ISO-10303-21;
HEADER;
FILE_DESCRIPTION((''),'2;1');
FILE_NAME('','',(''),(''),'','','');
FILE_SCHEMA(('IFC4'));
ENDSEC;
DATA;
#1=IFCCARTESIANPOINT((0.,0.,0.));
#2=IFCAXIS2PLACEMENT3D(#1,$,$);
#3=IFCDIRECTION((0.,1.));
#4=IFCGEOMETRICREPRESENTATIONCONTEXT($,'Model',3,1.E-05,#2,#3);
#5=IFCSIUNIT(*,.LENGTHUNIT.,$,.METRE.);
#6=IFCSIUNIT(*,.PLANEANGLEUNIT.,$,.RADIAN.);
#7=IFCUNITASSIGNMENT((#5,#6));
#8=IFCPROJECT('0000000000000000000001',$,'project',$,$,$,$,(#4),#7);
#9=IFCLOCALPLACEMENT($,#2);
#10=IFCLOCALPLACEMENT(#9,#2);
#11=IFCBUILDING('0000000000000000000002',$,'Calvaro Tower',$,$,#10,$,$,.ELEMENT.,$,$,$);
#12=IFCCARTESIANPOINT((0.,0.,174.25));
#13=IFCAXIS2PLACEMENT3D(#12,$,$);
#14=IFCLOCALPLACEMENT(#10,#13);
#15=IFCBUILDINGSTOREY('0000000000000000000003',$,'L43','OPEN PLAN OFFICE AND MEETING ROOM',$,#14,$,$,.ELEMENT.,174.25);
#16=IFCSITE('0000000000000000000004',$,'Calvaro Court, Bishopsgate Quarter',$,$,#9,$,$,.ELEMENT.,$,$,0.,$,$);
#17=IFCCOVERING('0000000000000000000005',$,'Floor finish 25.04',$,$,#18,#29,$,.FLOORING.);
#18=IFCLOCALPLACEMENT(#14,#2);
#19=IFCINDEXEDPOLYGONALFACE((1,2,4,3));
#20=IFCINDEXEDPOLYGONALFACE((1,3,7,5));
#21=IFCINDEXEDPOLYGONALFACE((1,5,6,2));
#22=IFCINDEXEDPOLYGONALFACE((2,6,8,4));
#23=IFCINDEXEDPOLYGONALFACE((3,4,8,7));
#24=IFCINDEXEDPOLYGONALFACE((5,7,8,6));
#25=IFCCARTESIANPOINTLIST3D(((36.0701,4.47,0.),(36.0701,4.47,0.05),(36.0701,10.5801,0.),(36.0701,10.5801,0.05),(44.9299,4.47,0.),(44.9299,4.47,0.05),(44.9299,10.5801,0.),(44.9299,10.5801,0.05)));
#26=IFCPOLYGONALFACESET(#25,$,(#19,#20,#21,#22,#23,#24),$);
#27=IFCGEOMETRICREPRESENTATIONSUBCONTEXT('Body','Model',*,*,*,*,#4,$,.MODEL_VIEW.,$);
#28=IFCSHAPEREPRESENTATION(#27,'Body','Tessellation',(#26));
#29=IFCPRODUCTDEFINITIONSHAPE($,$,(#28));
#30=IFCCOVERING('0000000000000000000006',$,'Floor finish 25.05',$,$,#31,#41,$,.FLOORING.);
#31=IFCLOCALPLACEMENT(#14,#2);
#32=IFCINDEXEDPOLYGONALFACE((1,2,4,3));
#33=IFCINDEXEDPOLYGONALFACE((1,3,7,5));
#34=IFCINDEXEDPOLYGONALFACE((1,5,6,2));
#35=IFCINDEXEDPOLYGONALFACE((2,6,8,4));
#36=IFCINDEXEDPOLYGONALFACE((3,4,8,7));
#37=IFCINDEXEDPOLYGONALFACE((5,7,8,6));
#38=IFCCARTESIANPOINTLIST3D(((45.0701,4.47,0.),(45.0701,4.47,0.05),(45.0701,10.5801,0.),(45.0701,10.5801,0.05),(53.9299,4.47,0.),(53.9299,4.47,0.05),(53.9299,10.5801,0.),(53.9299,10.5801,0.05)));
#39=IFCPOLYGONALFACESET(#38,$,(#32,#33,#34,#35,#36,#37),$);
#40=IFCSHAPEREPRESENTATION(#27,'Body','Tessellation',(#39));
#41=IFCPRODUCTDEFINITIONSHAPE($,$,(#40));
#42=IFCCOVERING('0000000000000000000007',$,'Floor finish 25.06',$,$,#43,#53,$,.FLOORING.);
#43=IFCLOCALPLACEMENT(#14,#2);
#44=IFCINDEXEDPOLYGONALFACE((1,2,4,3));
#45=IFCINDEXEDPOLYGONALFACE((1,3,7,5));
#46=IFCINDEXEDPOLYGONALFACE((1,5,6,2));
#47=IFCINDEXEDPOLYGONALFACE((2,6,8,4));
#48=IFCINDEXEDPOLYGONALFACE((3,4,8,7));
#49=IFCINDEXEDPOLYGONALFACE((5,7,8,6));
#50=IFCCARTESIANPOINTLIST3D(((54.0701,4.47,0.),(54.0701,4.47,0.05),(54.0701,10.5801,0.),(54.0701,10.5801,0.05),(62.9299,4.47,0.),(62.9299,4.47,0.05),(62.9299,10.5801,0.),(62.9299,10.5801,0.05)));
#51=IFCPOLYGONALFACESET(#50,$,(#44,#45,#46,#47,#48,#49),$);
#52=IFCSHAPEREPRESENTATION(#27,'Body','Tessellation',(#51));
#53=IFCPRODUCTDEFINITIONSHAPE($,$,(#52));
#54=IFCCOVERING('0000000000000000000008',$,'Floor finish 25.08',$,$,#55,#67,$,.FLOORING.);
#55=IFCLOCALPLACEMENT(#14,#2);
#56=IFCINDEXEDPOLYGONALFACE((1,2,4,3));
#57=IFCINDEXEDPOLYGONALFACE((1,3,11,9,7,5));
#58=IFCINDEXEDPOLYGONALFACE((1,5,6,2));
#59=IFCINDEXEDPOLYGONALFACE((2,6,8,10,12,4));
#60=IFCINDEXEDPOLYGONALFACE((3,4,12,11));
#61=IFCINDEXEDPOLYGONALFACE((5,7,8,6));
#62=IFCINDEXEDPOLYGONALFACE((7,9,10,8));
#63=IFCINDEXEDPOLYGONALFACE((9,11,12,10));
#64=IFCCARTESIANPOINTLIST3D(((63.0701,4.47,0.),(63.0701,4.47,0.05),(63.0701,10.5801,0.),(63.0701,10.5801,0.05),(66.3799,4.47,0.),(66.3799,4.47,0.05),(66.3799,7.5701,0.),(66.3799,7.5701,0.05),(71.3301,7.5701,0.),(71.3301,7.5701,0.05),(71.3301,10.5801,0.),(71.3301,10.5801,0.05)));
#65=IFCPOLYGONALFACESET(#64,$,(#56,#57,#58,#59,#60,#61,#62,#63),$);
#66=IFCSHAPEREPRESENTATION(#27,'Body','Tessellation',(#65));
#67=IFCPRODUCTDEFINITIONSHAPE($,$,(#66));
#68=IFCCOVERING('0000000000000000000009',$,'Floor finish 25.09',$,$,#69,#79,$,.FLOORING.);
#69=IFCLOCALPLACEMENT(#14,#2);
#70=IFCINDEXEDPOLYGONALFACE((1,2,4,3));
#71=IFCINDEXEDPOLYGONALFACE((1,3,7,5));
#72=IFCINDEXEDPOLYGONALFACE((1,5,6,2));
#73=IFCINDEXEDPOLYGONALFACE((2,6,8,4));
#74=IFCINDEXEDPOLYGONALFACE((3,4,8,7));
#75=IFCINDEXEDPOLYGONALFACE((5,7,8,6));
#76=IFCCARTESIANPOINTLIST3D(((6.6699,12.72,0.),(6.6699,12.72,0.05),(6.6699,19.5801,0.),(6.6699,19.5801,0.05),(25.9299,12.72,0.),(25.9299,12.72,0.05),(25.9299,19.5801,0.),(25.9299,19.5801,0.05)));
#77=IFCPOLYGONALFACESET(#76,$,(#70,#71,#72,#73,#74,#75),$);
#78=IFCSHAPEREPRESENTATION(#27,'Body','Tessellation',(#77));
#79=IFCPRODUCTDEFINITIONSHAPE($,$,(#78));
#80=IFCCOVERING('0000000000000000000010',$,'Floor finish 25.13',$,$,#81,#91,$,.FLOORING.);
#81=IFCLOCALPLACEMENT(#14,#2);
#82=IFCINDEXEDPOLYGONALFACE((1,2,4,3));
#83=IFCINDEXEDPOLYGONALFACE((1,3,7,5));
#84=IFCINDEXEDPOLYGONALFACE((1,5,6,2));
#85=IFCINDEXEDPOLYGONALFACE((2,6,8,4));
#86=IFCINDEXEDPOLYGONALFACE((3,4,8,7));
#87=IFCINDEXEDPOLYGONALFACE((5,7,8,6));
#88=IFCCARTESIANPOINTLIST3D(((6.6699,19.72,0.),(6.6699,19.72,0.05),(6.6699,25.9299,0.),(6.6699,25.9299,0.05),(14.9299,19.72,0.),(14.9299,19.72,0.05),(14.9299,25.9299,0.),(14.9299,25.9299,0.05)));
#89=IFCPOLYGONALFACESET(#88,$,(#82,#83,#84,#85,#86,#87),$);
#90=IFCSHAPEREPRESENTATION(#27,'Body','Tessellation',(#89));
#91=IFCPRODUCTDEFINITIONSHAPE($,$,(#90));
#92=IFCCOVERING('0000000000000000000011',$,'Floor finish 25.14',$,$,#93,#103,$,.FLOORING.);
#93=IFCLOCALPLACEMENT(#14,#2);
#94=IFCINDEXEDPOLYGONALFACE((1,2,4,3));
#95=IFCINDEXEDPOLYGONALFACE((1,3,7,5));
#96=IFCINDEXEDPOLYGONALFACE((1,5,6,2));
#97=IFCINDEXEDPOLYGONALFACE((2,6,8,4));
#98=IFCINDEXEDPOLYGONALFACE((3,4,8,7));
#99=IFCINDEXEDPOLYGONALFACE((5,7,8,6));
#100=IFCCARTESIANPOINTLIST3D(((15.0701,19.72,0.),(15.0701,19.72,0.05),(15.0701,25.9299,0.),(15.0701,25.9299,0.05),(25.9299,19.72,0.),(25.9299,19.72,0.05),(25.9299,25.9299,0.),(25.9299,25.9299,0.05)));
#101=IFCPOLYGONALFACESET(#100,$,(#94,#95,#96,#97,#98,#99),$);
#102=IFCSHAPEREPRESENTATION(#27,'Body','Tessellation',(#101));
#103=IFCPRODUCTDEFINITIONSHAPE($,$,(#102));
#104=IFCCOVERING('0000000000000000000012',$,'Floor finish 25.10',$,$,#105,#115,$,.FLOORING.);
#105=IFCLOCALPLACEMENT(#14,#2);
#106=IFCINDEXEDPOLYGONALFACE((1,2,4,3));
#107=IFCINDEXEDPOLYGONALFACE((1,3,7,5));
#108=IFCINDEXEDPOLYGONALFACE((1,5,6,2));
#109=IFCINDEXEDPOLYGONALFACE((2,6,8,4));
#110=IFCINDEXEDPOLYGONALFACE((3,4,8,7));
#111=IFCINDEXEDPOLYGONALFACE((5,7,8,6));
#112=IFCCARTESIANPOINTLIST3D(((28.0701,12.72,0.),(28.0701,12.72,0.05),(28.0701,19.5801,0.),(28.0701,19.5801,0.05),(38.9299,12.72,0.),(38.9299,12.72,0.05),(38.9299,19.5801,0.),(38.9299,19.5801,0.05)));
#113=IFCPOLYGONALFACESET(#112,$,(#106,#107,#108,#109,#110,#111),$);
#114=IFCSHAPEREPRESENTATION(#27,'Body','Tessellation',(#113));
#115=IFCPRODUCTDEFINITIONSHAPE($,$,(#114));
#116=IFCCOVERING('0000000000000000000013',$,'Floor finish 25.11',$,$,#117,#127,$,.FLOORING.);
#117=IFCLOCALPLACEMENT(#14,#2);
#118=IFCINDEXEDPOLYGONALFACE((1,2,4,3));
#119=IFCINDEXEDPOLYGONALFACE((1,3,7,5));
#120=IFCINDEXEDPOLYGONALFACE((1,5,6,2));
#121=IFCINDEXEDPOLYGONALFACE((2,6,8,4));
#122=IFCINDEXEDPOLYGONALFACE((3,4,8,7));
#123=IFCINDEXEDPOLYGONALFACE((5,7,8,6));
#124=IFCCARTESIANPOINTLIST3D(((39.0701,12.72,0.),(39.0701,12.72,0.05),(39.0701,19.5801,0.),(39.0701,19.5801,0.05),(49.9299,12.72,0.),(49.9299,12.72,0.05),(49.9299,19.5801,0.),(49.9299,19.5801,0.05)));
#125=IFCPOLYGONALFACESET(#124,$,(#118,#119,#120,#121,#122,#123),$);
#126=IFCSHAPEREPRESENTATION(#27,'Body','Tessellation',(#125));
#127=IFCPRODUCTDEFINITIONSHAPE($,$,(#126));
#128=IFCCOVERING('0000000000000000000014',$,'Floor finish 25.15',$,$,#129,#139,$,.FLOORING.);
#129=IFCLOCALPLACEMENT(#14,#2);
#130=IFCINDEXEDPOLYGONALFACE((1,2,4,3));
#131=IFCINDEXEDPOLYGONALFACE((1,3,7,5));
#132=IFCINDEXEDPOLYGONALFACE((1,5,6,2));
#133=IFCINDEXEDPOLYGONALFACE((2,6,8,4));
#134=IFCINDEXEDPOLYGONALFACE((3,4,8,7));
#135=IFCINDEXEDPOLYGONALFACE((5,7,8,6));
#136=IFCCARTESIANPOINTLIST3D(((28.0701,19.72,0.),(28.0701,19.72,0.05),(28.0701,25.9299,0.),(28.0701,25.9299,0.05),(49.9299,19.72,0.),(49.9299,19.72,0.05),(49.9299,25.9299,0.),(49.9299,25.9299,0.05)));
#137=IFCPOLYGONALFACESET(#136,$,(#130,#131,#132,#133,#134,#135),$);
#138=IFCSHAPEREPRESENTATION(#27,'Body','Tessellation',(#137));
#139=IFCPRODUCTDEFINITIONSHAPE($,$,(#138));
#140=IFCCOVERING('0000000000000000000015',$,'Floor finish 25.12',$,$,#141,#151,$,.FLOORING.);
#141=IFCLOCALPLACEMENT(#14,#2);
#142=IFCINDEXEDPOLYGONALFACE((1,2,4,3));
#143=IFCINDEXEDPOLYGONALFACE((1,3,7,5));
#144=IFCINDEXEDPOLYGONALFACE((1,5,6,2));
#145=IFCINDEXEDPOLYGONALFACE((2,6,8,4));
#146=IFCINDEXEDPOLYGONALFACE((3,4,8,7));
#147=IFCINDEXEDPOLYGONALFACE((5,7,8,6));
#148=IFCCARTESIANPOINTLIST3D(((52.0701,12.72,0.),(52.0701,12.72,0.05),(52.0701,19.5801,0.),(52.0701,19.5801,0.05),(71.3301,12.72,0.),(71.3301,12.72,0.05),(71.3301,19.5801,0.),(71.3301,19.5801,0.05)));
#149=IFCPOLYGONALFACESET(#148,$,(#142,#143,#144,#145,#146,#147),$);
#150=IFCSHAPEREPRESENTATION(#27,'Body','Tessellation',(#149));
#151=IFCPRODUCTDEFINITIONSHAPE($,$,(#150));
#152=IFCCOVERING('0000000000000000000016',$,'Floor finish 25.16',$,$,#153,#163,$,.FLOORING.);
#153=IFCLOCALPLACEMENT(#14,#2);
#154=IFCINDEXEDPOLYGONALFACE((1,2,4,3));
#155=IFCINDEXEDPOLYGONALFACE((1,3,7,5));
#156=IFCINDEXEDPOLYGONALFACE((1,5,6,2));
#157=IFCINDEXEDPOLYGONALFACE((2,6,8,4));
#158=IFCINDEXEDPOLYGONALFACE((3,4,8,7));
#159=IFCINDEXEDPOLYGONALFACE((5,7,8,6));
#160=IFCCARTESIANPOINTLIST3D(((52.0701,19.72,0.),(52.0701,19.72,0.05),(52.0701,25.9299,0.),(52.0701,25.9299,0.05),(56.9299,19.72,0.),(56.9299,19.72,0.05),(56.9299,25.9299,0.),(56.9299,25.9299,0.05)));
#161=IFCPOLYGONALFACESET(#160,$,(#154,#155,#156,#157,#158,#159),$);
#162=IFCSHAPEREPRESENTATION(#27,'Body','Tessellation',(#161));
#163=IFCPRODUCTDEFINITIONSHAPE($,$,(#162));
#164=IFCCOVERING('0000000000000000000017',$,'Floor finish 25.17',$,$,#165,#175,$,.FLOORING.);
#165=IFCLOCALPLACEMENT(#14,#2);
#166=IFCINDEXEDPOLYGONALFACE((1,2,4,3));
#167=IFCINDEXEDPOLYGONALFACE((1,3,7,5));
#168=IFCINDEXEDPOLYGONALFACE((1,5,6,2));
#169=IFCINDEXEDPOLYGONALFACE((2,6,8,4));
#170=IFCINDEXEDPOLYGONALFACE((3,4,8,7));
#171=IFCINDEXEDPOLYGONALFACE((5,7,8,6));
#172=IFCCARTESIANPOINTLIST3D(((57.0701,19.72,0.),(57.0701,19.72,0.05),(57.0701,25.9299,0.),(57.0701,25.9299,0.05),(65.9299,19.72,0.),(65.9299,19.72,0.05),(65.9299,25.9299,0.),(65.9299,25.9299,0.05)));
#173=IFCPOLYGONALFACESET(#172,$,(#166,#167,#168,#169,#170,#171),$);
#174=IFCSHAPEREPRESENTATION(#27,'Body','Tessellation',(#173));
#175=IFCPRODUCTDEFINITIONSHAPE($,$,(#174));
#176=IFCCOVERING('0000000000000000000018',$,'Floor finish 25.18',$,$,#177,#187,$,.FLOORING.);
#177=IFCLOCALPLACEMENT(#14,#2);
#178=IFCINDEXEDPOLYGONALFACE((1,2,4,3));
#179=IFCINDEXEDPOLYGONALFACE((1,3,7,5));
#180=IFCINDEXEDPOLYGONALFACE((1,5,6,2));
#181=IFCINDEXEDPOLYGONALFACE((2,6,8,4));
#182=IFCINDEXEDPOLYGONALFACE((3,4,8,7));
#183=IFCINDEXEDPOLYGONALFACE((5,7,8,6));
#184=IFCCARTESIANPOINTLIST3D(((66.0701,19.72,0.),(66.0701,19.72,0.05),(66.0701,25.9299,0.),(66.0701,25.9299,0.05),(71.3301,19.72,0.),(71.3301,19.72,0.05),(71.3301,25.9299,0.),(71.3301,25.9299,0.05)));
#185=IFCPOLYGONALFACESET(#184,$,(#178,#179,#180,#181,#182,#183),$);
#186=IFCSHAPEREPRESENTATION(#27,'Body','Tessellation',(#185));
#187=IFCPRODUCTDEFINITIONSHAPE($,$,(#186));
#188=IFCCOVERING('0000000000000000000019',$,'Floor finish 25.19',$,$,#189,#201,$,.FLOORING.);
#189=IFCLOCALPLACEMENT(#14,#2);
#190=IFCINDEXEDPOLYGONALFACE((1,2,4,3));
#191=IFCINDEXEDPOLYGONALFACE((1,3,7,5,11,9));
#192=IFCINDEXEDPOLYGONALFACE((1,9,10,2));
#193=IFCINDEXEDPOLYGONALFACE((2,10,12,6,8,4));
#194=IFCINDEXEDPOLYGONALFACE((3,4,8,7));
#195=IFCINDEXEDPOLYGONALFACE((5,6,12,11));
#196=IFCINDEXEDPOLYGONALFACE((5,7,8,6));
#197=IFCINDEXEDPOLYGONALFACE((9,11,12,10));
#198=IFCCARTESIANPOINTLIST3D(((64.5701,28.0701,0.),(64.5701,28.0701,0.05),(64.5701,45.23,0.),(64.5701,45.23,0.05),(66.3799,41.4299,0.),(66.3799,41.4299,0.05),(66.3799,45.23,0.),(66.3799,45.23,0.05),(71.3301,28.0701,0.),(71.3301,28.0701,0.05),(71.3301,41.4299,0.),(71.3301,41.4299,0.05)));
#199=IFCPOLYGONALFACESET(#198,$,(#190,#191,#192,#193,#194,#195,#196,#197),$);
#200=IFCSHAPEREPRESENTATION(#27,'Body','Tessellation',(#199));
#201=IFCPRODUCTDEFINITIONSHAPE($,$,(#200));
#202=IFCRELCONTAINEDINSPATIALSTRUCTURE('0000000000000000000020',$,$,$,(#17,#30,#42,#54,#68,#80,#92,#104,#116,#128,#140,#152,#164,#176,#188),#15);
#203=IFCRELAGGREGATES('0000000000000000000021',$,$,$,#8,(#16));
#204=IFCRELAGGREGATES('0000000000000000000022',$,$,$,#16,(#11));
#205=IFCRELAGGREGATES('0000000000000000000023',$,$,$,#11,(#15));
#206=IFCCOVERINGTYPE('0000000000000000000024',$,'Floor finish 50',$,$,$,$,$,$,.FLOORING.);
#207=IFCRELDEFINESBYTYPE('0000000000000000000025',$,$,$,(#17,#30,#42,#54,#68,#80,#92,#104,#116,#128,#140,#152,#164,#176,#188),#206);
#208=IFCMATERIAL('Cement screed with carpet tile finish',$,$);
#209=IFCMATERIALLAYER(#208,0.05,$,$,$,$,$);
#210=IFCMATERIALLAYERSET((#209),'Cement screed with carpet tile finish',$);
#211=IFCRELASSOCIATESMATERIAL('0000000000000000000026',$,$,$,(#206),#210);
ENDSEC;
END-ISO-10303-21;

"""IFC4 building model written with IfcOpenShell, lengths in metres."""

from ifc_helpers import new_model, si_unit, direction, frame, origin, place, context, subcontext, project, spatial, polyline, outline, extrude, material, layer, layer_set, type_object, element, save


model = new_model("IFC4")

# Units and contexts
model_context = context("Model", 3, precision=1e-05, world=origin(), true_north=direction((0.0, 1.0)))
body_context = subcontext(model_context, "Body", "Model", "MODEL_VIEW")
ifc_project = project(units=[si_unit("LENGTHUNIT", "METRE"), si_unit("PLANEANGLEUNIT", "RADIAN")], contexts=[model_context])

# Site, building, storey
site_placement = place(None, origin())
site = spatial("IfcSite", under=ifc_project, at=site_placement, Name="Calvaro Court, Bishopsgate Quarter", CompositionType="ELEMENT", RefElevation=0.0)
building_placement = place(site_placement, origin())
building = spatial("IfcBuilding", under=site, at=building_placement, Name="Calvaro Tower", CompositionType="ELEMENT")
storey_placement = place(building_placement, frame((0.0, 0.0, 174.25)))
storey = spatial("IfcBuildingStorey", under=building, at=storey_placement, Name="L43", Description="OPEN PLAN OFFICE AND MEETING ROOM", CompositionType="ELEMENT", Elevation=174.25)

# Coverings
ifc_material_1 = material(Name="Cement screed with carpet tile finish")
ifc_layer_1 = layer(ifc_material_1, 0.05)
ifc_layer_set_1 = layer_set([ifc_layer_1], Name="Cement screed with carpet tile finish")
covering_type = type_object("IfcCoveringType", Name="Floor finish 50", PredefinedType="FLOORING", material=ifc_layer_set_1)
covering_1_placement = place(storey_placement, origin())
element("IfcCovering", 1, at=covering_1_placement, inside=storey, type_object=covering_type, Name="Floor finish 25.04", PredefinedType="FLOORING", context=body_context, shape_type="SweptSolid", body=[
    extrude(outline(polyline([(36.0701, 10.5801), (44.9299, 10.5801), (44.9299, 4.47), (36.0701, 4.47), (36.0701, 10.5801)])), origin(), (0.0, 0.0, 1.0), 0.05),
])
covering_2_placement = place(storey_placement, origin())
element("IfcCovering", 2, at=covering_2_placement, inside=storey, type_object=covering_type, Name="Floor finish 25.05", PredefinedType="FLOORING", context=body_context, shape_type="SweptSolid", body=[
    extrude(outline(polyline([(45.0701, 10.5801), (53.9299, 10.5801), (53.9299, 4.47), (45.0701, 4.47), (45.0701, 10.5801)])), origin(), (0.0, 0.0, 1.0), 0.05),
])
covering_3_placement = place(storey_placement, origin())
element("IfcCovering", 3, at=covering_3_placement, inside=storey, type_object=covering_type, Name="Floor finish 25.06", PredefinedType="FLOORING", context=body_context, shape_type="SweptSolid", body=[
    extrude(outline(polyline([(54.0701, 10.5801), (62.9299, 10.5801), (62.9299, 4.47), (54.0701, 4.47), (54.0701, 10.5801)])), origin(), (0.0, 0.0, 1.0), 0.05),
])
covering_4_placement = place(storey_placement, origin())
element("IfcCovering", 4, at=covering_4_placement, inside=storey, type_object=covering_type, Name="Floor finish 25.08", PredefinedType="FLOORING", context=body_context, shape_type="SweptSolid", body=[
    extrude(outline(polyline([(71.3301, 7.5701), (66.3799, 7.5701), (66.3799, 4.47), (63.0701, 4.47), (63.0701, 10.5801), (71.3301, 10.5801), (71.3301, 7.5701)])), origin(), (0.0, 0.0, 1.0), 0.05),
])
covering_5_placement = place(storey_placement, origin())
element("IfcCovering", 5, at=covering_5_placement, inside=storey, type_object=covering_type, Name="Floor finish 25.09", PredefinedType="FLOORING", context=body_context, shape_type="SweptSolid", body=[
    extrude(outline(polyline([(25.9299, 19.5801), (25.9299, 12.72), (6.6699, 12.72), (6.6699, 19.5801), (25.9299, 19.5801)])), origin(), (0.0, 0.0, 1.0), 0.05),
])
covering_6_placement = place(storey_placement, origin())
element("IfcCovering", 6, at=covering_6_placement, inside=storey, type_object=covering_type, Name="Floor finish 25.13", PredefinedType="FLOORING", context=body_context, shape_type="SweptSolid", body=[
    extrude(outline(polyline([(14.9299, 25.9299), (14.9299, 19.72), (6.6699, 19.72), (6.6699, 25.9299), (14.9299, 25.9299)])), origin(), (0.0, 0.0, 1.0), 0.05),
])
covering_7_placement = place(storey_placement, origin())
element("IfcCovering", 7, at=covering_7_placement, inside=storey, type_object=covering_type, Name="Floor finish 25.14", PredefinedType="FLOORING", context=body_context, shape_type="SweptSolid", body=[
    extrude(outline(polyline([(15.0701, 19.72), (15.0701, 25.9299), (25.9299, 25.9299), (25.9299, 19.72), (15.0701, 19.72)])), origin(), (0.0, 0.0, 1.0), 0.05),
])
covering_8_placement = place(storey_placement, origin())
element("IfcCovering", 8, at=covering_8_placement, inside=storey, type_object=covering_type, Name="Floor finish 25.10", PredefinedType="FLOORING", context=body_context, shape_type="SweptSolid", body=[
    extrude(outline(polyline([(28.0701, 12.72), (28.0701, 19.5801), (38.9299, 19.5801), (38.9299, 12.72), (28.0701, 12.72)])), origin(), (0.0, 0.0, 1.0), 0.05),
])
covering_9_placement = place(storey_placement, origin())
element("IfcCovering", 9, at=covering_9_placement, inside=storey, type_object=covering_type, Name="Floor finish 25.11", PredefinedType="FLOORING", context=body_context, shape_type="SweptSolid", body=[
    extrude(outline(polyline([(39.0701, 12.72), (39.0701, 19.5801), (49.9299, 19.5801), (49.9299, 12.72), (39.0701, 12.72)])), origin(), (0.0, 0.0, 1.0), 0.05),
])
covering_10_placement = place(storey_placement, origin())
element("IfcCovering", 10, at=covering_10_placement, inside=storey, type_object=covering_type, Name="Floor finish 25.15", PredefinedType="FLOORING", context=body_context, shape_type="SweptSolid", body=[
    extrude(outline(polyline([(28.0701, 19.72), (28.0701, 25.9299), (49.9299, 25.9299), (49.9299, 19.72), (28.0701, 19.72)])), origin(), (0.0, 0.0, 1.0), 0.05),
])
covering_11_placement = place(storey_placement, origin())
element("IfcCovering", 11, at=covering_11_placement, inside=storey, type_object=covering_type, Name="Floor finish 25.12", PredefinedType="FLOORING", context=body_context, shape_type="SweptSolid", body=[
    extrude(outline(polyline([(71.3301, 12.72), (52.0701, 12.72), (52.0701, 19.5801), (71.3301, 19.5801), (71.3301, 12.72)])), origin(), (0.0, 0.0, 1.0), 0.05),
])
covering_12_placement = place(storey_placement, origin())
element("IfcCovering", 12, at=covering_12_placement, inside=storey, type_object=covering_type, Name="Floor finish 25.16", PredefinedType="FLOORING", context=body_context, shape_type="SweptSolid", body=[
    extrude(outline(polyline([(52.0701, 19.72), (52.0701, 25.9299), (56.9299, 25.9299), (56.9299, 19.72), (52.0701, 19.72)])), origin(), (0.0, 0.0, 1.0), 0.05),
])
covering_13_placement = place(storey_placement, origin())
element("IfcCovering", 13, at=covering_13_placement, inside=storey, type_object=covering_type, Name="Floor finish 25.17", PredefinedType="FLOORING", context=body_context, shape_type="SweptSolid", body=[
    extrude(outline(polyline([(57.0701, 19.72), (57.0701, 25.9299), (65.9299, 25.9299), (65.9299, 19.72), (57.0701, 19.72)])), origin(), (0.0, 0.0, 1.0), 0.05),
])
covering_14_placement = place(storey_placement, origin())
element("IfcCovering", 14, at=covering_14_placement, inside=storey, type_object=covering_type, Name="Floor finish 25.18", PredefinedType="FLOORING", context=body_context, shape_type="SweptSolid", body=[
    extrude(outline(polyline([(71.3301, 19.72), (66.0701, 19.72), (66.0701, 25.9299), (71.3301, 25.9299), (71.3301, 19.72)])), origin(), (0.0, 0.0, 1.0), 0.05),
])
covering_15_placement = place(storey_placement, origin())
element("IfcCovering", 15, at=covering_15_placement, inside=storey, type_object=covering_type, Name="Floor finish 25.19", PredefinedType="FLOORING", context=body_context, shape_type="SweptSolid", body=[
    extrude(outline(polyline([(71.3301, 28.0701), (64.5701, 28.0701), (64.5701, 45.23), (66.3799, 45.23), (66.3799, 41.4299), (71.3301, 41.4299), (71.3301, 28.0701)])), origin(), (0.0, 0.0, 1.0), 0.05),
])

save(model, "model.ifc")
